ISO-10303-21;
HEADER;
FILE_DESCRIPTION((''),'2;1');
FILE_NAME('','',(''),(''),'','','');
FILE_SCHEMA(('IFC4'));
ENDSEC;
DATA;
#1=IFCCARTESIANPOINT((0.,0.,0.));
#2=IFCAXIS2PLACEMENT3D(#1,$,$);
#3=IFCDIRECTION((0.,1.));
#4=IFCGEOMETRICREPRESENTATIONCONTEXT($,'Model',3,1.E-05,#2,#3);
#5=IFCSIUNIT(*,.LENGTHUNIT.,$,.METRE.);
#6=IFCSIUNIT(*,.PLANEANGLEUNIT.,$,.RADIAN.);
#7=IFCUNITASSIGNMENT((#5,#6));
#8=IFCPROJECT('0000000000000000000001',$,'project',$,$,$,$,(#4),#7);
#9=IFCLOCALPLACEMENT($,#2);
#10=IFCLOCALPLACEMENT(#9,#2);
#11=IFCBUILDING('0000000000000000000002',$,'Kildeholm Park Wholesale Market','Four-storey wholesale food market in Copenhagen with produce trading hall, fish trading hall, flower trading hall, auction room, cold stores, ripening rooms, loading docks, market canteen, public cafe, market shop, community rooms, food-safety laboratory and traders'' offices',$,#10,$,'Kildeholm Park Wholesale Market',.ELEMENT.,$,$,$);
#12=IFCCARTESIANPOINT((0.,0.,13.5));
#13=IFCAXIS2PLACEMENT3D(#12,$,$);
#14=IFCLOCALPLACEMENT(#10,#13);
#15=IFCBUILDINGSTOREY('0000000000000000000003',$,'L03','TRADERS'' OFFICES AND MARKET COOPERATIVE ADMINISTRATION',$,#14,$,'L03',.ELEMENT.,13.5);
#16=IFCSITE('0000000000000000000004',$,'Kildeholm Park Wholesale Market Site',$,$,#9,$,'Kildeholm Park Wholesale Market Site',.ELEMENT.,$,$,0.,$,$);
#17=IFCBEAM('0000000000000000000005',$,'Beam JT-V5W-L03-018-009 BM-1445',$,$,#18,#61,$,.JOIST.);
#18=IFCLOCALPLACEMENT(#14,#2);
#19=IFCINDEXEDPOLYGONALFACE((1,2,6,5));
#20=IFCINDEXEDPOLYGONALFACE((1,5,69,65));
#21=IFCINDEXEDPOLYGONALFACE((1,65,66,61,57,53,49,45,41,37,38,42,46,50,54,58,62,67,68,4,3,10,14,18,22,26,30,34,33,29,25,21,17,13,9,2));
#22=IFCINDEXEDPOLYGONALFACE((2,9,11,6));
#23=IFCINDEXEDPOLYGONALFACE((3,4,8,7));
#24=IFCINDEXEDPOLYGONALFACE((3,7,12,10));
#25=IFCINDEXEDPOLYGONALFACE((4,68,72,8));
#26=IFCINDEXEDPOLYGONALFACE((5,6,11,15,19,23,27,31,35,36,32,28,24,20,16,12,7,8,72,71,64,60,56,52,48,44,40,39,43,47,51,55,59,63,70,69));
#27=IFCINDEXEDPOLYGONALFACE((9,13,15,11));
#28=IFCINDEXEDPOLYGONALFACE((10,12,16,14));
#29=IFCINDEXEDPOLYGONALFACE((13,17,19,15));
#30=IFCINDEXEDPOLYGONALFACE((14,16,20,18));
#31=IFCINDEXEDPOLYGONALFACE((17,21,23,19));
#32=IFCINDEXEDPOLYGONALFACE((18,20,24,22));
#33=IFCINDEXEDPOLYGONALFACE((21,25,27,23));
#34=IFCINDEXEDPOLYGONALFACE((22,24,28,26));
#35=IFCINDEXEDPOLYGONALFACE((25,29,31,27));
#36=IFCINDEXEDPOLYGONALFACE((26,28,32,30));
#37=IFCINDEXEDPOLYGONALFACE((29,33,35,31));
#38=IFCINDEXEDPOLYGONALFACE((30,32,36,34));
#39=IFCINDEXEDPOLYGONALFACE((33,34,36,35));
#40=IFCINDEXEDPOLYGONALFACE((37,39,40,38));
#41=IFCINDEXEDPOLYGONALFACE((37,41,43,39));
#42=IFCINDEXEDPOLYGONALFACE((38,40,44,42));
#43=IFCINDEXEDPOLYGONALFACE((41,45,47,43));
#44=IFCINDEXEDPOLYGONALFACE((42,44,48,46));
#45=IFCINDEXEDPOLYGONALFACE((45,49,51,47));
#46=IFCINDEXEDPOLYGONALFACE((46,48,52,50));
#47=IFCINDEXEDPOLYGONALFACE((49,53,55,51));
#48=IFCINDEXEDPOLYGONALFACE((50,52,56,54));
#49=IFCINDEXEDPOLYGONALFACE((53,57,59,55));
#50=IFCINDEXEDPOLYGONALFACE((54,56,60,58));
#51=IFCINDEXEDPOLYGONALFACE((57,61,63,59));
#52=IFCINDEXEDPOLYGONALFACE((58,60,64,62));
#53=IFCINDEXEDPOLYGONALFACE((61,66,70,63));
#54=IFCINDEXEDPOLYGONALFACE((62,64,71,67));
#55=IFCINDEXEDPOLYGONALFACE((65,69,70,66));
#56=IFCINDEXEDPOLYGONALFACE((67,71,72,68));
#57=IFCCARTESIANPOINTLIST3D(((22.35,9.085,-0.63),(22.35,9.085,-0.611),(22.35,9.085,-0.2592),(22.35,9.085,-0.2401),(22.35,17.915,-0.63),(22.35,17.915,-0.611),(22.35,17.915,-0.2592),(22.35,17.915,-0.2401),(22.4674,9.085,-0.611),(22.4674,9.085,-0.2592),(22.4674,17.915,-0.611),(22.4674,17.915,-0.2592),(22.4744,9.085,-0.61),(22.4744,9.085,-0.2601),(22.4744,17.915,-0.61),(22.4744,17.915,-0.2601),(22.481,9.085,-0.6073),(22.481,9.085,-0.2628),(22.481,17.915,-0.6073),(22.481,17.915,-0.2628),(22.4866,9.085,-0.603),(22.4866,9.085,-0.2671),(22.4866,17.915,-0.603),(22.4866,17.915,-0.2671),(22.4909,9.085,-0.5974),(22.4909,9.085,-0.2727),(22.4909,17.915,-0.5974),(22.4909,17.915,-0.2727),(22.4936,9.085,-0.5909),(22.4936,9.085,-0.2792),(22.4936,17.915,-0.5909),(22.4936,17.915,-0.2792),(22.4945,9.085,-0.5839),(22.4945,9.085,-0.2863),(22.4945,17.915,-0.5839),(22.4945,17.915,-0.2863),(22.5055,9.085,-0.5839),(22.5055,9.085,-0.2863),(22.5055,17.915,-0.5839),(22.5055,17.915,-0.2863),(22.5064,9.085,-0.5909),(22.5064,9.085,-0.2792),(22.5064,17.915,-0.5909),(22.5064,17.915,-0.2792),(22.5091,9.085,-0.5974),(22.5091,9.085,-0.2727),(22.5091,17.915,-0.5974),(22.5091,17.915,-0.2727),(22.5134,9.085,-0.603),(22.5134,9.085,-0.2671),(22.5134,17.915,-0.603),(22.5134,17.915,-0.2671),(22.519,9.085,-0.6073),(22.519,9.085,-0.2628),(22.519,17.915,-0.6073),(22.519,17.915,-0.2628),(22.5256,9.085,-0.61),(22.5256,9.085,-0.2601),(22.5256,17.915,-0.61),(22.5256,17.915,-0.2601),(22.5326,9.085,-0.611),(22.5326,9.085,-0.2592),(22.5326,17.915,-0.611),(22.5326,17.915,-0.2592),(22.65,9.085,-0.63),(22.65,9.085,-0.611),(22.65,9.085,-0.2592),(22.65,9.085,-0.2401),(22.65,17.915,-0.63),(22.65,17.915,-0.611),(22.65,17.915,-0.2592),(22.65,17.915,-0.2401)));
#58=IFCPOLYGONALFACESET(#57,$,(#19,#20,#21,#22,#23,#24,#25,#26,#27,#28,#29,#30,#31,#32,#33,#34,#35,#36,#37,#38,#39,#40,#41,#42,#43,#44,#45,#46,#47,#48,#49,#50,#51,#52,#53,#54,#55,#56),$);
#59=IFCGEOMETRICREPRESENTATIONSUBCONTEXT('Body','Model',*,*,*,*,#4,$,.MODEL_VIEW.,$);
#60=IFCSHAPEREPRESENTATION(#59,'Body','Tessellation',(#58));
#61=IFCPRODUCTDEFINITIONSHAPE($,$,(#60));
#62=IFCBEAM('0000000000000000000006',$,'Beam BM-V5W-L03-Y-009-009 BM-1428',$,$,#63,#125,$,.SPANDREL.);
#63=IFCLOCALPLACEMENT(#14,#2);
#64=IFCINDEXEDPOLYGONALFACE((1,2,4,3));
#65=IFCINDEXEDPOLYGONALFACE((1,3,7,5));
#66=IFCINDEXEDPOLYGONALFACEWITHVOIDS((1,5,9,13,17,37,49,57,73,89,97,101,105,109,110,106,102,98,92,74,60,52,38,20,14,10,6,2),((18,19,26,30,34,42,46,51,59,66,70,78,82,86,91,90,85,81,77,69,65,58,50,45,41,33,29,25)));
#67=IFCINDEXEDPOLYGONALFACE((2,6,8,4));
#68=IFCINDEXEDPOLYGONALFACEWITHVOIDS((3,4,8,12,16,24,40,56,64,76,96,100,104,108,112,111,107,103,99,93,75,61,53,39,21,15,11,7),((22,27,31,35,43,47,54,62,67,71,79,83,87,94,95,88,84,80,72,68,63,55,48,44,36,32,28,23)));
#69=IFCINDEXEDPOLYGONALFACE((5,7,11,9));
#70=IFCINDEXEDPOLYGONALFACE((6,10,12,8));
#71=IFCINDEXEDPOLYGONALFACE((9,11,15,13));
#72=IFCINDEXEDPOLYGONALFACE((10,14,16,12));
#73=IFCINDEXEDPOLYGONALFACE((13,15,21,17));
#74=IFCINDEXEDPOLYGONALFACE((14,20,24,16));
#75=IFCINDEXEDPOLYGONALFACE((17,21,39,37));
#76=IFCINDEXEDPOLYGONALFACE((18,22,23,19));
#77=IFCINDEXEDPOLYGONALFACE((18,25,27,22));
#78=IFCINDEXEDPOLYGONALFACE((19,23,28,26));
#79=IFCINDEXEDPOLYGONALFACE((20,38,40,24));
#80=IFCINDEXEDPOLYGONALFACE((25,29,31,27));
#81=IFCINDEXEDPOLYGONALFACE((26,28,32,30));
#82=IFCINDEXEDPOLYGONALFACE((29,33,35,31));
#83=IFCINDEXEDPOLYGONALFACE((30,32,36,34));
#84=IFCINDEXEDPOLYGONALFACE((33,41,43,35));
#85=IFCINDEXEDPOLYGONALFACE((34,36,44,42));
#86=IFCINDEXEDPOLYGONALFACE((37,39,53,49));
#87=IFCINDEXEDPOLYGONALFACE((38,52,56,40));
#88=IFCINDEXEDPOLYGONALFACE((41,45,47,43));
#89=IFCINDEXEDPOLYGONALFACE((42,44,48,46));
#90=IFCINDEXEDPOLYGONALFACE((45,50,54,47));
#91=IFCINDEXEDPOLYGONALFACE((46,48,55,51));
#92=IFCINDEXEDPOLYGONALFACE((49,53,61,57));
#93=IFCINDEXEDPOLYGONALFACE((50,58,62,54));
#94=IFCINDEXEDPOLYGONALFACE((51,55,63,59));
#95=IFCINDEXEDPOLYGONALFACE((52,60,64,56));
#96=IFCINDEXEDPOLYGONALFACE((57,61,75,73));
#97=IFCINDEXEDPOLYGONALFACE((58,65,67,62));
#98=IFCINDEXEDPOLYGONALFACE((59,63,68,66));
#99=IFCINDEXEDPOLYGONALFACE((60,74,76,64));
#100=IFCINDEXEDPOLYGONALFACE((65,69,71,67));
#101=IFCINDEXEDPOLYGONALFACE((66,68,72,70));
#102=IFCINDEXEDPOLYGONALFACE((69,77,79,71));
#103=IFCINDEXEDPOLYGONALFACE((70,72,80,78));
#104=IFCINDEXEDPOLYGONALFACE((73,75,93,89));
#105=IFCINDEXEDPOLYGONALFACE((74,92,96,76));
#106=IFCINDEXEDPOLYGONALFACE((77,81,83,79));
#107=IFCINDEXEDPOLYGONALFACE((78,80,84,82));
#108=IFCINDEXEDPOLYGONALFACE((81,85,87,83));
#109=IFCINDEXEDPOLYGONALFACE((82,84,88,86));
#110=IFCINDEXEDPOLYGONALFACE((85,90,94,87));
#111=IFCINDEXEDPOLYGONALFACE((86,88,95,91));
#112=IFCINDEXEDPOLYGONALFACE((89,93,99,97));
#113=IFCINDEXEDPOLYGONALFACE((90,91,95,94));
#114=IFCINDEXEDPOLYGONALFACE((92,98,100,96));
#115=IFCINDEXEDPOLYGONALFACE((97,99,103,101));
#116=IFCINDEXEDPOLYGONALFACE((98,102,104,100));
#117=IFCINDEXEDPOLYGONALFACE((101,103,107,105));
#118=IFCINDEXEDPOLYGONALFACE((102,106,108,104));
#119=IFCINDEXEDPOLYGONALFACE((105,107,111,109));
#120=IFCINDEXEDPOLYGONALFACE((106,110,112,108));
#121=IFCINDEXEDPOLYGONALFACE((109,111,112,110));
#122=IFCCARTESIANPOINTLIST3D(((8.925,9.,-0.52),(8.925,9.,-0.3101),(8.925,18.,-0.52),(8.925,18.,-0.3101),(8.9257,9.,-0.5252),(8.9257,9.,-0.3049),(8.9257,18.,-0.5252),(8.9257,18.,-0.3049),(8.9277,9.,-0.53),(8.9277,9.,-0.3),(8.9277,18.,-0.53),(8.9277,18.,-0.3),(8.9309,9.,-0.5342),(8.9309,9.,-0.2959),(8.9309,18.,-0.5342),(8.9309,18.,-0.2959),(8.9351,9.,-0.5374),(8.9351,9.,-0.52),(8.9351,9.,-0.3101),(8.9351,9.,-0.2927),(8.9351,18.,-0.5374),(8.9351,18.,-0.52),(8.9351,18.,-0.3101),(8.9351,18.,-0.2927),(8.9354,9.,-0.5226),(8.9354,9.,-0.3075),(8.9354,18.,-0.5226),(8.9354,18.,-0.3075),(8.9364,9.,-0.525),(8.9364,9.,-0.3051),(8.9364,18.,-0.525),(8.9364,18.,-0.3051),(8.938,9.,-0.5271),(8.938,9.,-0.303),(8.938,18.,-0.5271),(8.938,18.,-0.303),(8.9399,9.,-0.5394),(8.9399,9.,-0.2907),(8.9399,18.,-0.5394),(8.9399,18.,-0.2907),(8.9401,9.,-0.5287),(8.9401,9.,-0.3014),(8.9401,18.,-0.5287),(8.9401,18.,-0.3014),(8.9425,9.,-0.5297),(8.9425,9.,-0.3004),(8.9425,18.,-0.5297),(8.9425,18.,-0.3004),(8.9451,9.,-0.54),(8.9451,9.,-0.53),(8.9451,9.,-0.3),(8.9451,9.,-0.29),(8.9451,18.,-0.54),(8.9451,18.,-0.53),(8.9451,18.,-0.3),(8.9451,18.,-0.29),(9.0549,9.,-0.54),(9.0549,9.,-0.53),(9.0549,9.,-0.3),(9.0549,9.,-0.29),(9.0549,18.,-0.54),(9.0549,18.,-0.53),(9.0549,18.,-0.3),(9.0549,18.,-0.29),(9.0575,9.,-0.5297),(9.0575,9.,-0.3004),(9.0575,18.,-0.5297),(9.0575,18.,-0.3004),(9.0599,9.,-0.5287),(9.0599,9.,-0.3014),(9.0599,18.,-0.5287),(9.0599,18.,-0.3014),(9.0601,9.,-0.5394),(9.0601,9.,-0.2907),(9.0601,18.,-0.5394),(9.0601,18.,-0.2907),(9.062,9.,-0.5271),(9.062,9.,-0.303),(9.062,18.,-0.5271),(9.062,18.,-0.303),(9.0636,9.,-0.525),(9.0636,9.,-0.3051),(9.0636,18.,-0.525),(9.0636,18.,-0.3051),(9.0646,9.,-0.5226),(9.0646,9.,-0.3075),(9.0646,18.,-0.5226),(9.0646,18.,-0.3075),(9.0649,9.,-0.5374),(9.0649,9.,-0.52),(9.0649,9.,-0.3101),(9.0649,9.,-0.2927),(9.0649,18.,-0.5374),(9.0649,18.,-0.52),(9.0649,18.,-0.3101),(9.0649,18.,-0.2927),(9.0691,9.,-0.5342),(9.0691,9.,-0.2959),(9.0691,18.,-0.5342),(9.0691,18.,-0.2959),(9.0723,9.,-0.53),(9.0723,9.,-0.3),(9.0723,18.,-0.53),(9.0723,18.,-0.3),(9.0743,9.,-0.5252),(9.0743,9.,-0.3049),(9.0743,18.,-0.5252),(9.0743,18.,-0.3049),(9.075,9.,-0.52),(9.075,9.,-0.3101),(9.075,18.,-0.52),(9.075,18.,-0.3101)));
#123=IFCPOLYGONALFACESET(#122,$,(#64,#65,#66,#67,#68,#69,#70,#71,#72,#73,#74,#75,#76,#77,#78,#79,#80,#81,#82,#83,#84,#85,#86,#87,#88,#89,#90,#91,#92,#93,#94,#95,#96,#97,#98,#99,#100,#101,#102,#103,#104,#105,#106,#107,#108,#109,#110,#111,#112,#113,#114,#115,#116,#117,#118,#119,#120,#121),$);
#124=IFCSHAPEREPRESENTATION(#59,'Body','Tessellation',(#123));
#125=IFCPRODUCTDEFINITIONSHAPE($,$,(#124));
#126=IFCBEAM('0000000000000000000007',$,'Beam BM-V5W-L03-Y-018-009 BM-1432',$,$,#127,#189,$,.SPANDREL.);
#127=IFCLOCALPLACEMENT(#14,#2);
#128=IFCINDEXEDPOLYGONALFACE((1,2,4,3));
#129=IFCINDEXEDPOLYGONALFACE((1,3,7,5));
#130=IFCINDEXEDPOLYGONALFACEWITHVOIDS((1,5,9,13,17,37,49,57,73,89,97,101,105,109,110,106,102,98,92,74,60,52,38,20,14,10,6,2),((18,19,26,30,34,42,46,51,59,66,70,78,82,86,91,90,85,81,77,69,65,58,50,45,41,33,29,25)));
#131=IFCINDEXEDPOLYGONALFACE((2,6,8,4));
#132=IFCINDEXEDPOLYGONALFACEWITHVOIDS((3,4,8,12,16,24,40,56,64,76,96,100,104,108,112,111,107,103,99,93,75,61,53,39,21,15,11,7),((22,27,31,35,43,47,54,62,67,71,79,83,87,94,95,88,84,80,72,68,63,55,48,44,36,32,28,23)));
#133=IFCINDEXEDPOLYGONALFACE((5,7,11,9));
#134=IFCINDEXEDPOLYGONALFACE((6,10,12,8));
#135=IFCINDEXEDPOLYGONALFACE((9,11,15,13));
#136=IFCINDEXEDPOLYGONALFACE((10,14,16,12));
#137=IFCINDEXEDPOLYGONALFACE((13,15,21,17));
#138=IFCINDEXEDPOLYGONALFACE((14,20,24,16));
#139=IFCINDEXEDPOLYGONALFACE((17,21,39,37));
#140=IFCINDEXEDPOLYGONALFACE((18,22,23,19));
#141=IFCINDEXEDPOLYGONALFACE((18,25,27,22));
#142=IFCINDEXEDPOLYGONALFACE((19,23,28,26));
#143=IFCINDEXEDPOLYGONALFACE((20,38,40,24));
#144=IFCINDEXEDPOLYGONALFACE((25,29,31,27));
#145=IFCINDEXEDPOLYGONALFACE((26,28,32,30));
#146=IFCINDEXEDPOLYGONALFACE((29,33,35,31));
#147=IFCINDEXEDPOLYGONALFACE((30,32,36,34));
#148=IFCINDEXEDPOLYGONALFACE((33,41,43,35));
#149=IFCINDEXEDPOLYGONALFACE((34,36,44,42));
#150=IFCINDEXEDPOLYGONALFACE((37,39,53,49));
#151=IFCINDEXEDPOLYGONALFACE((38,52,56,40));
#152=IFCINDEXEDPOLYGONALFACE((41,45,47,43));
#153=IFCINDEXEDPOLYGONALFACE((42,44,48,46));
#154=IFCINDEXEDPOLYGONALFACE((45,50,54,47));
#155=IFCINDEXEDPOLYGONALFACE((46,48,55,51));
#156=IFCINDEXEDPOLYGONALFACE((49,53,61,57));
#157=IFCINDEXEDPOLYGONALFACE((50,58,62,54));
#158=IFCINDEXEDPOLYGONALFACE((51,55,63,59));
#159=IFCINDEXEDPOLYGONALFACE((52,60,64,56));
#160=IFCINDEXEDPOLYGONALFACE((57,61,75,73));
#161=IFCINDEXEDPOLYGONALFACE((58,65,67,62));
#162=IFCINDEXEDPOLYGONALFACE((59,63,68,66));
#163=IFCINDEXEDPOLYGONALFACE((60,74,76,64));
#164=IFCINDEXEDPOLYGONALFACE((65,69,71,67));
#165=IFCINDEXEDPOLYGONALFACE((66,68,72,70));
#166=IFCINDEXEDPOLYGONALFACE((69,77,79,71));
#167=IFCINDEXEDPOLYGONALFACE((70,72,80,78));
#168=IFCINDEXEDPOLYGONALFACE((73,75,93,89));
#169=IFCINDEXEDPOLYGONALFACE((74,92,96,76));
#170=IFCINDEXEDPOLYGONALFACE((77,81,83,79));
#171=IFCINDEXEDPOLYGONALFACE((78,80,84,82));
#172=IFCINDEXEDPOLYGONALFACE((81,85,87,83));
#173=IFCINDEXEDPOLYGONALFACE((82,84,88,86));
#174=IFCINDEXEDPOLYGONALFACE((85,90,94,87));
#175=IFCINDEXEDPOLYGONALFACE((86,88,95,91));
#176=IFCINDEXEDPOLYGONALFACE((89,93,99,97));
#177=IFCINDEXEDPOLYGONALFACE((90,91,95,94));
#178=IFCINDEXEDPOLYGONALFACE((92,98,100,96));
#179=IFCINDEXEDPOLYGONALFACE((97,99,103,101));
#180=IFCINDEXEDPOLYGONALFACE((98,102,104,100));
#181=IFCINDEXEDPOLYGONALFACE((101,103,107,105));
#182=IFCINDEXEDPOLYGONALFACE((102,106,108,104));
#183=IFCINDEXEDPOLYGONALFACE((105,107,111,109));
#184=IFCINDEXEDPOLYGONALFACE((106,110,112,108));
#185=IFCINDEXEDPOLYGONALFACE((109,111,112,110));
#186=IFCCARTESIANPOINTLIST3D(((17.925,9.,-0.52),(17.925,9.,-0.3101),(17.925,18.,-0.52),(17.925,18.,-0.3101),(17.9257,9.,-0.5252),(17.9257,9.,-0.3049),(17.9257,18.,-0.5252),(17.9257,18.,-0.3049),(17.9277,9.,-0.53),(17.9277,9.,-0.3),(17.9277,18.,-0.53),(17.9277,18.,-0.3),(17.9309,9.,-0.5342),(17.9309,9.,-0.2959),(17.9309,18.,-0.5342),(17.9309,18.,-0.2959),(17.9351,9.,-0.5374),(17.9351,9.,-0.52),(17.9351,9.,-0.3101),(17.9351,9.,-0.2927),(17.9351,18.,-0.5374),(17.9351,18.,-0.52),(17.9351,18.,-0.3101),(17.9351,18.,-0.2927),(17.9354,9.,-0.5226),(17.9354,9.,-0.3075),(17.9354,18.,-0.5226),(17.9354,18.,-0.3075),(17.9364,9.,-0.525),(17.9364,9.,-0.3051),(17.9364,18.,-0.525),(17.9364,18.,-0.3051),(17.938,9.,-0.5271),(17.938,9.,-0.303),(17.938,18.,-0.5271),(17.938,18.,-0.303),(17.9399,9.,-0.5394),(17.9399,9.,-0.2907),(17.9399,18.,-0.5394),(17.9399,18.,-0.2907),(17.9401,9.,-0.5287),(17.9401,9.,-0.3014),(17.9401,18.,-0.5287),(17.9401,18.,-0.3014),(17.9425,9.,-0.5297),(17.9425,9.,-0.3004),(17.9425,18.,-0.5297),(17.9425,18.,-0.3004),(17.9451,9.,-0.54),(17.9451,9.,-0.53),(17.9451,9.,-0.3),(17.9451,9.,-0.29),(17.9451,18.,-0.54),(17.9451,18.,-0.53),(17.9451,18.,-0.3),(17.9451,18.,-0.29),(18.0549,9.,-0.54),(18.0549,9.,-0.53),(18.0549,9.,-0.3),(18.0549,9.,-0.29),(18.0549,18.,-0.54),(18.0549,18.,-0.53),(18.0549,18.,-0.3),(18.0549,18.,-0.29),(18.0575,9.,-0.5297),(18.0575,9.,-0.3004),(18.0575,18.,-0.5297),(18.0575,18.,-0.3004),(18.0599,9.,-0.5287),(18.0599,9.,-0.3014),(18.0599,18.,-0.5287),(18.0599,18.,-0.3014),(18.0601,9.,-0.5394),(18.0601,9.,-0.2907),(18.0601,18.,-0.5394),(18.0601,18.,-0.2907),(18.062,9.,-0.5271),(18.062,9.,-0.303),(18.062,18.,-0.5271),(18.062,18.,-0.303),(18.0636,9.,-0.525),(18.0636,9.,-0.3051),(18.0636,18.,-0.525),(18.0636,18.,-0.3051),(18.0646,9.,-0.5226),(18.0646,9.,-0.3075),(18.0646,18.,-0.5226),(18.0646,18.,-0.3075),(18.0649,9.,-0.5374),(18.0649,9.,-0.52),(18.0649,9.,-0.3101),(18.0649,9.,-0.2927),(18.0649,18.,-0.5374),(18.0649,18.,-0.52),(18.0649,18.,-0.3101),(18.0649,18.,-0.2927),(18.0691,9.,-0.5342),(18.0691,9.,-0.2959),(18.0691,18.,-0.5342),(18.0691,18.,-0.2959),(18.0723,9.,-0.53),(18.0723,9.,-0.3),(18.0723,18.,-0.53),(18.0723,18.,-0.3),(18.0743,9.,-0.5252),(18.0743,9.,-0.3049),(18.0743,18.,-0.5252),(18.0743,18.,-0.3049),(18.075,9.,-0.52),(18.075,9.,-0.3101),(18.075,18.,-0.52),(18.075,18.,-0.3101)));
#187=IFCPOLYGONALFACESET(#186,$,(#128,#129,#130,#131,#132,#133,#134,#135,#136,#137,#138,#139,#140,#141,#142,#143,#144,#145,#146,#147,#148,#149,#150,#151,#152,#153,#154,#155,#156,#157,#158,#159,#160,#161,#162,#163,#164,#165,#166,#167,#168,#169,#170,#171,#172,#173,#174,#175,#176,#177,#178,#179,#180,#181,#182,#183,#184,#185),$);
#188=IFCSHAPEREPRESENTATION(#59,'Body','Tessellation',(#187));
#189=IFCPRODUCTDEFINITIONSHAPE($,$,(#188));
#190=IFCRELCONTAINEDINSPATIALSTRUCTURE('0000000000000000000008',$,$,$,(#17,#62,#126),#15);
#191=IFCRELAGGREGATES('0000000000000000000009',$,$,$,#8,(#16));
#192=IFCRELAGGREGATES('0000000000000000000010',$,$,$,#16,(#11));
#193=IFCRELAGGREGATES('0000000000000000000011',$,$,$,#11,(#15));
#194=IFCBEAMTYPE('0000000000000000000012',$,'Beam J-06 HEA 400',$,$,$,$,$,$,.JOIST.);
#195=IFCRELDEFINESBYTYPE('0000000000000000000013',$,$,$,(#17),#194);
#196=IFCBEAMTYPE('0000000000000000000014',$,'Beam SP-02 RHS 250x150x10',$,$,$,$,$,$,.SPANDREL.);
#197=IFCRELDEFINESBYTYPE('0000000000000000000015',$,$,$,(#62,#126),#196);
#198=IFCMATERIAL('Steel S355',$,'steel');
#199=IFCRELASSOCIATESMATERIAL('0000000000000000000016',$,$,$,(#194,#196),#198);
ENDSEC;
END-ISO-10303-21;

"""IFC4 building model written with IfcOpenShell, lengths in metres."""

from ifc_helpers import new_model, si_unit, direction, frame, origin, origin_2d, place, context, subcontext, project, spatial, hollow_rectangle, i_section, extrude, material, material_profile, profile_set, type_object, element, save


model = new_model("IFC4")

# Units and contexts
model_context = context("Model", 3, precision=1e-05, world=origin(), true_north=direction((0.0, 1.0)))
body_context = subcontext(model_context, "Body", "Model", "MODEL_VIEW")
ifc_project = project(units=[si_unit("LENGTHUNIT", "METRE"), si_unit("PLANEANGLEUNIT", "RADIAN")], contexts=[model_context])

# Site, building, storey
site_placement = place(None, origin())
site = spatial("IfcSite", under=ifc_project, at=site_placement, Name="Kildeholm Park Wholesale Market Site", LongName="Kildeholm Park Wholesale Market Site", CompositionType="ELEMENT", RefElevation=0.0)
building_placement = place(site_placement, origin())
building = spatial("IfcBuilding", under=site, at=building_placement, Name="Kildeholm Park Wholesale Market", Description="Four-storey wholesale food market in Copenhagen with produce trading hall, fish trading hall, flower trading hall, auction room, cold stores, ripening rooms, loading docks, market canteen, public cafe, market shop, community rooms, food-safety laboratory and traders' offices", LongName="Kildeholm Park Wholesale Market", CompositionType="ELEMENT")
storey_placement = place(building_placement, frame((0.0, 0.0, 13.5)))
storey = spatial("IfcBuildingStorey", under=building, at=storey_placement, Name="L03", Description="TRADERS' OFFICES AND MARKET COOPERATIVE ADMINISTRATION", LongName="L03", CompositionType="ELEMENT", Elevation=13.5)

# Shared definitions
ifc_material_1 = material(Name="Steel S355", Category="steel")

# Beams
ifc_material_profile_1 = material_profile(ifc_material_1, i_section(OverallWidth=0.3, OverallDepth=0.3899, WebThickness=0.011, FlangeThickness=0.019, FilletRadius=0.0271, at=origin_2d()), Name="HEA 400")
ifc_profile_set_1 = profile_set([ifc_material_profile_1], Name="Steel S355")
beam_type_1 = type_object("IfcBeamType", Name="Beam J-06 HEA 400", PredefinedType="JOIST", material=ifc_profile_set_1)
beam_1_placement = place(storey_placement, frame((22.5, 9.085, -0.4351), z_axis=(0.0, 1.0, 0.0), x_axis=(-1.0, 0.0, 0.0)))
element("IfcBeam", 1, at=beam_1_placement, inside=storey, type_object=beam_type_1, Name="Beam JT-V5W-L03-018-009 BM-1445", PredefinedType="JOIST", context=body_context, shape_type="SweptSolid", body=[
    extrude(i_section(OverallWidth=0.3, OverallDepth=0.3899, WebThickness=0.011, FlangeThickness=0.019, FilletRadius=0.0271, at=origin_2d()), origin(), (0.0, 0.0, 1.0), 8.8301),
])
ifc_material_profile_2 = material_profile(ifc_material_1, hollow_rectangle(XDim=0.1499, YDim=0.25, WallThickness=0.01, InnerFilletRadius=0.01, OuterFilletRadius=0.02, at=origin_2d()), Name="RHS 250x150x10")
ifc_profile_set_2 = profile_set([ifc_material_profile_2], Name="Steel S355")
beam_type_2 = type_object("IfcBeamType", Name="Beam SP-02 RHS 250x150x10", PredefinedType="SPANDREL", material=ifc_profile_set_2)
for number, where, z_axis, x_axis, name in (
    (2, (9.0, 9.0, -0.415), (0.0, 1.0, 0.0), (-1.0, 0.0, 0.0), "Beam BM-V5W-L03-Y-009-009 BM-1428"),
    (3, (18.0, 9.0, -0.415), (0.0, 1.0, 0.0), (-1.0, 0.0, 0.0), "Beam BM-V5W-L03-Y-018-009 BM-1432"),
):
    element("IfcBeam", number, at=place(storey_placement, frame(where, z_axis=z_axis, x_axis=x_axis)), inside=storey, type_object=beam_type_2, Name=name, PredefinedType="SPANDREL", context=body_context, shape_type="SweptSolid", body=[
        extrude(hollow_rectangle(XDim=0.1499, YDim=0.25, WallThickness=0.01, InnerFilletRadius=0.01, OuterFilletRadius=0.02, at=origin_2d()), origin(), (0.0, 0.0, 1.0), 9.0),
    ])

save(model, "model.ifc")
